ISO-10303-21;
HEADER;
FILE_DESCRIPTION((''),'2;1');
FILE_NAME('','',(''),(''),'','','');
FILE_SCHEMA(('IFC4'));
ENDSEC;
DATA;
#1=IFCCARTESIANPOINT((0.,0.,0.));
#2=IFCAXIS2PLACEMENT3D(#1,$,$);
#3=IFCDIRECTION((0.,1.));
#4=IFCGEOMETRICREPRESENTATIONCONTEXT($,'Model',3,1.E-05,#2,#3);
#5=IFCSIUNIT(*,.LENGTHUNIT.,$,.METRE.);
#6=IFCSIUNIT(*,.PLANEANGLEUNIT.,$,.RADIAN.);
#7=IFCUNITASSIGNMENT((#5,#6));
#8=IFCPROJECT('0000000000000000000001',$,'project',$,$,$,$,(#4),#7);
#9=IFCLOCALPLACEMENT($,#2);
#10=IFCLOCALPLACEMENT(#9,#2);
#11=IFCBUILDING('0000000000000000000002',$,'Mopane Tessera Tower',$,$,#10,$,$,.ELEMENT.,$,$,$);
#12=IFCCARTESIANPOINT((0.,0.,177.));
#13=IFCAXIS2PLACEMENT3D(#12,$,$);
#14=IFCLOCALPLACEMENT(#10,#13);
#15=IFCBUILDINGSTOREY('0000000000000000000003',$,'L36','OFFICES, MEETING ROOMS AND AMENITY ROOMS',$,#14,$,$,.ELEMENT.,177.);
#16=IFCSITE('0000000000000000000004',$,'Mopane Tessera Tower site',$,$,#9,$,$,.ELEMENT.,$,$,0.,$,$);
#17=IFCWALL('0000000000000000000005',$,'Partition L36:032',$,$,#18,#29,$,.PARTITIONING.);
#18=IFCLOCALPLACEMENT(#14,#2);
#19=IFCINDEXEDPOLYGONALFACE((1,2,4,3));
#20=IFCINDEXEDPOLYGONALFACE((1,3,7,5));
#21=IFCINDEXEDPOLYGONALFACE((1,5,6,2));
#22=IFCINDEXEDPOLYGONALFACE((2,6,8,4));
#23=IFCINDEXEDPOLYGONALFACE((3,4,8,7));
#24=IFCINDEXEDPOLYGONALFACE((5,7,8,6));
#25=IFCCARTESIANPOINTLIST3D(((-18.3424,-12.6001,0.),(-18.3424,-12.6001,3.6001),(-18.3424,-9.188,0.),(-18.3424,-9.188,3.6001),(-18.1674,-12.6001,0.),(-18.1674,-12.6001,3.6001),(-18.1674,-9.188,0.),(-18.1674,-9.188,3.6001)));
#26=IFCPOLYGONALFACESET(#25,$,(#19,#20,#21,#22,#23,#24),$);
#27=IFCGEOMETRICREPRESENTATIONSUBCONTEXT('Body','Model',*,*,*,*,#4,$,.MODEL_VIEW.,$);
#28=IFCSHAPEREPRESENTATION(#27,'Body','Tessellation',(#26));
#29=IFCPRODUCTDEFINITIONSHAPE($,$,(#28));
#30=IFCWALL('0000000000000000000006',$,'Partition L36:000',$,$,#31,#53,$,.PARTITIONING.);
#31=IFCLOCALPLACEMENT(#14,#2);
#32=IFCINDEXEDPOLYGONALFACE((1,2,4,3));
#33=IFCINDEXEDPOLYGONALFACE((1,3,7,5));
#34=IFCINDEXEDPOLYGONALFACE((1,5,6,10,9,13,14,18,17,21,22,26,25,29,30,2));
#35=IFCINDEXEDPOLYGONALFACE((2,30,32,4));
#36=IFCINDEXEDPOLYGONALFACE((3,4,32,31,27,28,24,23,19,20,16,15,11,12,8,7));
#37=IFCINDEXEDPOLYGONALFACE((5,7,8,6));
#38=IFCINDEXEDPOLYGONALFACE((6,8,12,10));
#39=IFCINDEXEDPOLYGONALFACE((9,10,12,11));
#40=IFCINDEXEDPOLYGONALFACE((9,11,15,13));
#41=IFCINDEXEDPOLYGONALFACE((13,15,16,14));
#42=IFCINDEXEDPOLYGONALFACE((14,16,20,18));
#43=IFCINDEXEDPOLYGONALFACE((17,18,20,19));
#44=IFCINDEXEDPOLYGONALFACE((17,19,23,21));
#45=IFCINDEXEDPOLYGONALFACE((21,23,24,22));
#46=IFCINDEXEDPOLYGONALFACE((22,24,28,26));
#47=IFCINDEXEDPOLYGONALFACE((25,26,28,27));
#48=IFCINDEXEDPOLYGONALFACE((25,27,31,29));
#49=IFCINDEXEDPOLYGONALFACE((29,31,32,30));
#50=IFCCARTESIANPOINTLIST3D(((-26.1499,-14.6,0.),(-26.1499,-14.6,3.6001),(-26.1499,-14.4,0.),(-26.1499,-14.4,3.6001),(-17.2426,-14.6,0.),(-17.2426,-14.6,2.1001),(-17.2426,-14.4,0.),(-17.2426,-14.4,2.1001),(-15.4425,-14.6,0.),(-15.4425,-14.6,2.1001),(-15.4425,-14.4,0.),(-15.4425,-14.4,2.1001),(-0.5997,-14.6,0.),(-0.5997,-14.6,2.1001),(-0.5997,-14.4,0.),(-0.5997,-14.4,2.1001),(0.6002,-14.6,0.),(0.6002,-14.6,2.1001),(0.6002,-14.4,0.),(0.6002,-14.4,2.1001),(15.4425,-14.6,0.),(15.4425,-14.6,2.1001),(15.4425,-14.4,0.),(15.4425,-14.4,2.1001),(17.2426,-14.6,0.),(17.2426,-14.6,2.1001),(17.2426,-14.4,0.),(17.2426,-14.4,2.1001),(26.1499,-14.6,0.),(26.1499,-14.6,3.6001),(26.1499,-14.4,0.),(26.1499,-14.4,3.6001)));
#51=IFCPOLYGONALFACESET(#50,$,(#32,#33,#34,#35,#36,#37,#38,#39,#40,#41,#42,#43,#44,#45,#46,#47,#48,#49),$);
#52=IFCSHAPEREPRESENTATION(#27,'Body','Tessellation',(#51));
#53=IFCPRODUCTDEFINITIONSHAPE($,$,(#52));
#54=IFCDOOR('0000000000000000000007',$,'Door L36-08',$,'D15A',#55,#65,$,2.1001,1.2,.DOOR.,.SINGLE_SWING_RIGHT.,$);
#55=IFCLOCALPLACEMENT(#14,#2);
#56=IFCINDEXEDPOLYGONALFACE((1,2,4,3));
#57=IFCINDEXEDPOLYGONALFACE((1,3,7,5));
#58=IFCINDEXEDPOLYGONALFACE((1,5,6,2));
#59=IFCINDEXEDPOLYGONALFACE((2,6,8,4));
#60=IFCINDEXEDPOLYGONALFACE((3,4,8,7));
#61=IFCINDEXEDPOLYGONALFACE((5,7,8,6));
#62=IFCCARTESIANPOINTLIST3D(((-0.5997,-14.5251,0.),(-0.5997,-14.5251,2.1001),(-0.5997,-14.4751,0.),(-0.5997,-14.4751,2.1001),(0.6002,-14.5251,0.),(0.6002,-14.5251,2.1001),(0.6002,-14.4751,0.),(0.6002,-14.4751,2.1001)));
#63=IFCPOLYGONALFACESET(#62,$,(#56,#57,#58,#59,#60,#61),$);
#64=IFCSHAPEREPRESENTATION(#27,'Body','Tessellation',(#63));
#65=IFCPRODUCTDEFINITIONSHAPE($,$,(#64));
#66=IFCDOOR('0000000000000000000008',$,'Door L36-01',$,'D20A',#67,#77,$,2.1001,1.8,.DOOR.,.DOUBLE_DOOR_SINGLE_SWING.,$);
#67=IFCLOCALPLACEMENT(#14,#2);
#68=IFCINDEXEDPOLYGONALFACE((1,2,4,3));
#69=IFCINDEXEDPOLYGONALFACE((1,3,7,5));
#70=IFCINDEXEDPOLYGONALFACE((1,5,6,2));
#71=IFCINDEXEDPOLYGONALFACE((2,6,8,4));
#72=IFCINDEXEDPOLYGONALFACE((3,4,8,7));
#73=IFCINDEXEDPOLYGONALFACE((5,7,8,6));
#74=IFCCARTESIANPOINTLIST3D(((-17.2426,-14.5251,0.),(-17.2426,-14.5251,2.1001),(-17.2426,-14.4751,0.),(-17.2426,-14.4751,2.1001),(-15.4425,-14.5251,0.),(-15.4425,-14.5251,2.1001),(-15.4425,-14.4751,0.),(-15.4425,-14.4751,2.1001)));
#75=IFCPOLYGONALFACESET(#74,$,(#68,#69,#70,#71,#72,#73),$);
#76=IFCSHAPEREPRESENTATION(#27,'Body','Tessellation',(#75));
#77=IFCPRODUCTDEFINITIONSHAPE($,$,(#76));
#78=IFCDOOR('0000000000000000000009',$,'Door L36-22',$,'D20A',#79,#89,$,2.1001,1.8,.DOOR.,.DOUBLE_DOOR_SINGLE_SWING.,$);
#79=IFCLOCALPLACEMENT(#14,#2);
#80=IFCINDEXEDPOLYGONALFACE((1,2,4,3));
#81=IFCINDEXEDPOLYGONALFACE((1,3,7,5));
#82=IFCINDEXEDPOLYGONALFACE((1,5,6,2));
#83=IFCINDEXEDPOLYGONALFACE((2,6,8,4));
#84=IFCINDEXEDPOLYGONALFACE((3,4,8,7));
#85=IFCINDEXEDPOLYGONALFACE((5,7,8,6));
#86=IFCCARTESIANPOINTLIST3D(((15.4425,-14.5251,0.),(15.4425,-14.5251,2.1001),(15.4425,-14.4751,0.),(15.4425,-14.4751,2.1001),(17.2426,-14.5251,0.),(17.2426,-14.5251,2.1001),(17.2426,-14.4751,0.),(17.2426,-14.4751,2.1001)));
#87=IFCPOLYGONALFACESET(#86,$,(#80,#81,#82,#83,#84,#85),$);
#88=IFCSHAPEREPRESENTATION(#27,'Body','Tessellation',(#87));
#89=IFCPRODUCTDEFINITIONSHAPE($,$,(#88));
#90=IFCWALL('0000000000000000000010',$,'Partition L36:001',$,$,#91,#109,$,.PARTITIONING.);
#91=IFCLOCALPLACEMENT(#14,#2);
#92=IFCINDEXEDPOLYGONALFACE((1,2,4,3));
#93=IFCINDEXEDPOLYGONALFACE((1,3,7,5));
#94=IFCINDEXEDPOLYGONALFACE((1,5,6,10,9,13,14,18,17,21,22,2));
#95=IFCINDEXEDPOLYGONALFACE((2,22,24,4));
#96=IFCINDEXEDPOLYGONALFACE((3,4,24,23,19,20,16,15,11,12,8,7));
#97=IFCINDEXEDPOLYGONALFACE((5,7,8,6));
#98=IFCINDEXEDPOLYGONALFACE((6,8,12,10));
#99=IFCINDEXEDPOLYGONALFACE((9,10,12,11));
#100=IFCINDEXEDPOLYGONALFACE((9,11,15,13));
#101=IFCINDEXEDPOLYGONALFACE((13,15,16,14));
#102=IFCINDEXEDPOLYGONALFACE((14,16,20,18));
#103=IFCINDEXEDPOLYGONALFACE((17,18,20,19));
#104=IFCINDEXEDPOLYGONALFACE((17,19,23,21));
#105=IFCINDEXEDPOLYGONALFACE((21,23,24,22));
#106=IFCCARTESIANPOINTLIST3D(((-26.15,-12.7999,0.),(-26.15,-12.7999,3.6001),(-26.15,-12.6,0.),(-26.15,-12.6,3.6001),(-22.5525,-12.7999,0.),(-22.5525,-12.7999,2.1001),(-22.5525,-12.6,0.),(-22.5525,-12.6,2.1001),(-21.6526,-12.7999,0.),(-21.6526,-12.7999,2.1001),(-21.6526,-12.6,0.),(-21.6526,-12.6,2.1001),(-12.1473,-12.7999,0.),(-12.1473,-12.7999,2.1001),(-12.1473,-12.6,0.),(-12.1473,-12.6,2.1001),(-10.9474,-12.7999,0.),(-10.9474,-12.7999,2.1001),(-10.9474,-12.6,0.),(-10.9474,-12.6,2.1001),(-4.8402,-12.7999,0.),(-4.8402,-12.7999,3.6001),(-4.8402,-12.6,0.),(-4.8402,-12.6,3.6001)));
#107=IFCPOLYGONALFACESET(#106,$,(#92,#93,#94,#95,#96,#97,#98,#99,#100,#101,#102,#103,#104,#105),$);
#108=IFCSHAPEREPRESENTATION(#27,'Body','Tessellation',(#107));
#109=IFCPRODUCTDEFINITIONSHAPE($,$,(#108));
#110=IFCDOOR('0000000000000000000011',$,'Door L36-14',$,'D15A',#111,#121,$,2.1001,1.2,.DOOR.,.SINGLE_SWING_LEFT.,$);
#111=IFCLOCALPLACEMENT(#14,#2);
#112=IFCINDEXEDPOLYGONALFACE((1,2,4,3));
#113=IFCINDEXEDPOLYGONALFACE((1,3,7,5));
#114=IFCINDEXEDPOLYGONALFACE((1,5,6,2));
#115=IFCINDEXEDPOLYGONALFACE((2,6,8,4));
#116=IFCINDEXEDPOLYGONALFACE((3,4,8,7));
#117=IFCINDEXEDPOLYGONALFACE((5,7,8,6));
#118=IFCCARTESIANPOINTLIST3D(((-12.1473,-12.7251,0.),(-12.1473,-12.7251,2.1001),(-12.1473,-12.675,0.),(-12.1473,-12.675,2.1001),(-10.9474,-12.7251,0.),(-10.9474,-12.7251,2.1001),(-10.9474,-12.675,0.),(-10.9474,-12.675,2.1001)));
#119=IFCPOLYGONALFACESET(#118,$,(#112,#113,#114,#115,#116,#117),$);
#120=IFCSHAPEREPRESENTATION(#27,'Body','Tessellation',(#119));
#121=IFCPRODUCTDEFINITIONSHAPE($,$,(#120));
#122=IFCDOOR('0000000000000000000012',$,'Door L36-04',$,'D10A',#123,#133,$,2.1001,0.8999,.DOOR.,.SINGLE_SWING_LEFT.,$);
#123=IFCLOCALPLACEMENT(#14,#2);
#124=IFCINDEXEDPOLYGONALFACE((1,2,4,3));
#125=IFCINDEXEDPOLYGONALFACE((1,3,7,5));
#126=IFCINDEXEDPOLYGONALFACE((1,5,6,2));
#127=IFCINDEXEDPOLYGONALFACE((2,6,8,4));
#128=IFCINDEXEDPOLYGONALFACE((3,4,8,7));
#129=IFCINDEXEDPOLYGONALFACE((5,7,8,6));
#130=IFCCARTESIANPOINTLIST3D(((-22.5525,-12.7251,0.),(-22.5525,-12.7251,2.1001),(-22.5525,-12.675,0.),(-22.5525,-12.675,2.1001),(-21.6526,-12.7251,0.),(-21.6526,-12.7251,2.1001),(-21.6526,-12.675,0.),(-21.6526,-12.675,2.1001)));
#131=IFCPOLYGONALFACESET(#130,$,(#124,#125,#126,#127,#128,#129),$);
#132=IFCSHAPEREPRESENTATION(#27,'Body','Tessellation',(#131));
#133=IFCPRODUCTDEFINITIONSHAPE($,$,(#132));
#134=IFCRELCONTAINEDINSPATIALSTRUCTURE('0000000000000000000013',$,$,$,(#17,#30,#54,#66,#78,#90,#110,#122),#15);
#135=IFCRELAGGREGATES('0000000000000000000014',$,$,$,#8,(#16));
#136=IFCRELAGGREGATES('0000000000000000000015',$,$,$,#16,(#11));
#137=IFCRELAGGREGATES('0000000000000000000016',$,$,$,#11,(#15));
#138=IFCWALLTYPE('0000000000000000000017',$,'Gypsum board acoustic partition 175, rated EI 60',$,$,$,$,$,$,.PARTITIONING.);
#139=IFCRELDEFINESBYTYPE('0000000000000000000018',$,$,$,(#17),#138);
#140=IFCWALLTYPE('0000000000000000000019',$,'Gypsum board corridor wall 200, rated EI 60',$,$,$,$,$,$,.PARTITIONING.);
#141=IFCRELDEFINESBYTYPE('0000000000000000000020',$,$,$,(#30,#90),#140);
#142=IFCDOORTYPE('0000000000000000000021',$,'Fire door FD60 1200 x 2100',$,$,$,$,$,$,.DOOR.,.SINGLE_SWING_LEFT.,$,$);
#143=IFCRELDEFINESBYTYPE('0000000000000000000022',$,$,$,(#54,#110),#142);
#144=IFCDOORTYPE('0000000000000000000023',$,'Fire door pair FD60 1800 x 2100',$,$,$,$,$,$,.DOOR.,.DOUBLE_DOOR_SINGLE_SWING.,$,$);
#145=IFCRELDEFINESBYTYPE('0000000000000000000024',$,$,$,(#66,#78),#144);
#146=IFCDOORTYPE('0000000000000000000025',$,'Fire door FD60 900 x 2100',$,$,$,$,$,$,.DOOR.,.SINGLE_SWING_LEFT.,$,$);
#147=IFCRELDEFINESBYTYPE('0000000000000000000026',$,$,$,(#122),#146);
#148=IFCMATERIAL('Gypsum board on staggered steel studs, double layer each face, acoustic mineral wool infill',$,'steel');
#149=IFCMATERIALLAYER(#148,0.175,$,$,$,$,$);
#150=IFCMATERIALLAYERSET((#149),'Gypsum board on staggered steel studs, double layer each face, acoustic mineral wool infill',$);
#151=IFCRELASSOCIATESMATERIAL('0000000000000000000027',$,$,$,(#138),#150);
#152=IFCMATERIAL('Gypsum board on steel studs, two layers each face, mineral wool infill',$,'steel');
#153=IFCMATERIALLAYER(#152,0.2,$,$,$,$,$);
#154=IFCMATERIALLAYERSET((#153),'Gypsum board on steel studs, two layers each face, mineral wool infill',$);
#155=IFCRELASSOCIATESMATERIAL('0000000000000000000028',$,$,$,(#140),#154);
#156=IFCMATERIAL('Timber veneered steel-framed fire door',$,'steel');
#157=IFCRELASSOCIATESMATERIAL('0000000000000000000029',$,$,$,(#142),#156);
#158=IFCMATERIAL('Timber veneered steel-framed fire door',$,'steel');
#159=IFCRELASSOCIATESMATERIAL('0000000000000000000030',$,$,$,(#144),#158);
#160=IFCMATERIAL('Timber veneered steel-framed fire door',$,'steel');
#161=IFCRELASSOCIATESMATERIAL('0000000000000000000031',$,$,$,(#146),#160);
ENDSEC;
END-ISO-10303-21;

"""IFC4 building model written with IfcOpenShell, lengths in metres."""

from ifc_helpers import new_model, si_unit, direction, frame, frame_2d, origin, place, context, subcontext, project, spatial, rectangle, extrude, material, layer, layer_set, type_object, element, fill, save


model = new_model("IFC4")

# Units and contexts
model_context = context("Model", 3, precision=1e-05, world=origin(), true_north=direction((0.0, 1.0)))
body_context = subcontext(model_context, "Body", "Model", "MODEL_VIEW")
ifc_project = project(units=[si_unit("LENGTHUNIT", "METRE"), si_unit("PLANEANGLEUNIT", "RADIAN")], contexts=[model_context])

# Site, building, storey
site_placement = place(None, origin())
site = spatial("IfcSite", under=ifc_project, at=site_placement, Name="Mopane Tessera Tower site", CompositionType="ELEMENT", RefElevation=0.0)
building_placement = place(site_placement, origin())
building = spatial("IfcBuilding", under=site, at=building_placement, Name="Mopane Tessera Tower", CompositionType="ELEMENT")
storey_placement = place(building_placement, frame((0.0, 0.0, 177.0)))
storey = spatial("IfcBuildingStorey", under=building, at=storey_placement, Name="L36", Description="OFFICES, MEETING ROOMS AND AMENITY ROOMS", CompositionType="ELEMENT", Elevation=177.0)

# Wall
ifc_material_1 = material(Name="Gypsum board on staggered steel studs, double layer each face, acoustic mineral wool infill", Category="steel")
ifc_layer_1 = layer(ifc_material_1, 0.175)
ifc_layer_set_1 = layer_set([ifc_layer_1], Name="Gypsum board on staggered steel studs, double layer each face, acoustic mineral wool infill")
wall_type_1 = type_object("IfcWallType", Name="Gypsum board acoustic partition 175, rated EI 60", PredefinedType="PARTITIONING", material=ifc_layer_set_1)
wall_1_placement = place(storey_placement, frame((-18.2549, -12.6001, 0.0), z_axis=(0.0, 0.0, 1.0), x_axis=(0.0, 1.0, 0.0)))
element("IfcWall", 1, at=wall_1_placement, inside=storey, type_object=wall_type_1, Name="Partition L36:032", PredefinedType="PARTITIONING", context=body_context, shape_type="SweptSolid", body=[
    extrude(rectangle(XDim=3.4121, YDim=0.175, at=frame_2d((1.7061, 0.0))), origin(), (0.0, 0.0, 1.0), 3.6001),
])

# Walls, openings, doors
ifc_material_2 = material(Name="Gypsum board on steel studs, two layers each face, mineral wool infill", Category="steel")
ifc_layer_2 = layer(ifc_material_2, 0.2)
ifc_layer_set_2 = layer_set([ifc_layer_2], Name="Gypsum board on steel studs, two layers each face, mineral wool infill")
wall_type_2 = type_object("IfcWallType", Name="Gypsum board corridor wall 200, rated EI 60", PredefinedType="PARTITIONING", material=ifc_layer_set_2)
wall_2_placement = place(storey_placement, frame((-26.1499, -14.5, 0.0), z_axis=(0.0, 0.0, 1.0), x_axis=(1.0, 0.0, 0.0)))
wall_2 = element("IfcWall", 2, at=wall_2_placement, inside=storey, type_object=wall_type_2, Name="Partition L36:000", PredefinedType="PARTITIONING", context=body_context, shape_type="SweptSolid", body=[
    extrude(rectangle(XDim=52.2998, YDim=0.2, at=frame_2d((26.1499, 0.0))), origin(), (0.0, 0.0, 1.0), 3.6001),
])
opening_1_placement = place(wall_2_placement, frame((8.9075, 0.0, 0.0)))
opening_1 = element("IfcOpeningElement", 3, at=opening_1_placement, cuts=wall_2, PredefinedType="OPENING", context=body_context, shape_type="SweptSolid", body=[
    extrude(rectangle(XDim=1.8, YDim=2.1001, at=frame_2d((0.8999, 1.05))), frame((0.0, 0.1121, 0.0), z_axis=(0.0, -1.0, 0.0), x_axis=(1.0, 0.0, 0.0)), (0.0, 0.0, 1.0), 0.2239),
])
opening_2_placement = place(wall_2_placement, frame((25.55, 0.0, 0.0)))
opening_2 = element("IfcOpeningElement", 4, at=opening_2_placement, cuts=wall_2, PredefinedType="OPENING", context=body_context, shape_type="SweptSolid", body=[
    extrude(rectangle(XDim=1.2, YDim=2.1001, at=frame_2d((0.6001, 1.05))), frame((0.0, 0.1121, 0.0), z_axis=(0.0, -1.0, 0.0), x_axis=(1.0, 0.0, 0.0)), (0.0, 0.0, 1.0), 0.2239),
])
opening_3_placement = place(wall_2_placement, frame((41.5925, 0.0, 0.0)))
opening_3 = element("IfcOpeningElement", 5, at=opening_3_placement, cuts=wall_2, PredefinedType="OPENING", context=body_context, shape_type="SweptSolid", body=[
    extrude(rectangle(XDim=1.8, YDim=2.1001, at=frame_2d((0.8999, 1.05))), frame((0.0, 0.1121, 0.0), z_axis=(0.0, -1.0, 0.0), x_axis=(1.0, 0.0, 0.0)), (0.0, 0.0, 1.0), 0.2239),
])
ifc_material_3 = material(Name="Timber veneered steel-framed fire door", Category="steel")
door_type_1 = type_object("IfcDoorType", Name="Fire door FD60 1200 x 2100", OperationType="SINGLE_SWING_LEFT", PredefinedType="DOOR", material=ifc_material_3)
door_1_placement = place(opening_2_placement, origin())
door_1 = element("IfcDoor", 6, at=door_1_placement, inside=storey, type_object=door_type_1, Name="Door L36-08", ObjectType="D15A", OperationType="SINGLE_SWING_RIGHT", OverallHeight=2.1001, OverallWidth=1.2, PredefinedType="DOOR", context=body_context, shape_type="SweptSolid", body=[
    extrude(rectangle(XDim=1.2, YDim=2.1001, at=frame_2d((0.6001, 1.05))), frame((0.0, 0.0249, 0.0), z_axis=(0.0, -1.0, 0.0), x_axis=(1.0, 0.0, 0.0)), (0.0, 0.0, 1.0), 0.05),
])
fill(opening_2, door_1)
ifc_material_4 = material(Name="Timber veneered steel-framed fire door", Category="steel")
door_type_2 = type_object("IfcDoorType", Name="Fire door pair FD60 1800 x 2100", OperationType="DOUBLE_DOOR_SINGLE_SWING", PredefinedType="DOOR", material=ifc_material_4)
door_2_placement = place(opening_1_placement, origin())
door_2 = element("IfcDoor", 7, at=door_2_placement, inside=storey, type_object=door_type_2, Name="Door L36-01", ObjectType="D20A", OperationType="DOUBLE_DOOR_SINGLE_SWING", OverallHeight=2.1001, OverallWidth=1.8, PredefinedType="DOOR", context=body_context, shape_type="SweptSolid", body=[
    extrude(rectangle(XDim=1.8, YDim=2.1001, at=frame_2d((0.8999, 1.05))), frame((0.0, 0.0249, 0.0), z_axis=(0.0, -1.0, 0.0), x_axis=(1.0, 0.0, 0.0)), (0.0, 0.0, 1.0), 0.05),
])
fill(opening_1, door_2)
door_3_placement = place(opening_3_placement, origin())
door_3 = element("IfcDoor", 8, at=door_3_placement, inside=storey, type_object=door_type_2, Name="Door L36-22", ObjectType="D20A", OperationType="DOUBLE_DOOR_SINGLE_SWING", OverallHeight=2.1001, OverallWidth=1.8, PredefinedType="DOOR", context=body_context, shape_type="SweptSolid", body=[
    extrude(rectangle(XDim=1.8, YDim=2.1001, at=frame_2d((0.8999, 1.05))), frame((0.0, 0.0249, 0.0), z_axis=(0.0, -1.0, 0.0), x_axis=(1.0, 0.0, 0.0)), (0.0, 0.0, 1.0), 0.05),
])
fill(opening_3, door_3)
wall_3_placement = place(storey_placement, frame((-26.1499, -12.7, 0.0), z_axis=(0.0, 0.0, 1.0), x_axis=(1.0, 0.0, 0.0)))
wall_3 = element("IfcWall", 9, at=wall_3_placement, inside=storey, type_object=wall_type_2, Name="Partition L36:001", PredefinedType="PARTITIONING", context=body_context, shape_type="SweptSolid", body=[
    extrude(rectangle(XDim=21.3098, YDim=0.2, at=frame_2d((10.6548, 0.0))), origin(), (0.0, 0.0, 1.0), 3.6001),
])
opening_4_placement = place(wall_3_placement, frame((3.5974, 0.0, 0.0)))
opening_4 = element("IfcOpeningElement", 10, at=opening_4_placement, cuts=wall_3, PredefinedType="OPENING", context=body_context, shape_type="SweptSolid", body=[
    extrude(rectangle(XDim=0.8999, YDim=2.1001, at=frame_2d((0.45, 1.05))), frame((0.0, 0.1121, 0.0), z_axis=(0.0, -1.0, 0.0), x_axis=(1.0, 0.0, 0.0)), (0.0, 0.0, 1.0), 0.2239),
])
opening_5_placement = place(wall_3_placement, frame((14.0024, 0.0, 0.0)))
opening_5 = element("IfcOpeningElement", 11, at=opening_5_placement, cuts=wall_3, PredefinedType="OPENING", context=body_context, shape_type="SweptSolid", body=[
    extrude(rectangle(XDim=1.2, YDim=2.1001, at=frame_2d((0.6001, 1.05))), frame((0.0, 0.1121, 0.0), z_axis=(0.0, -1.0, 0.0), x_axis=(1.0, 0.0, 0.0)), (0.0, 0.0, 1.0), 0.2239),
])
door_4_placement = place(opening_5_placement, origin())
door_4 = element("IfcDoor", 12, at=door_4_placement, inside=storey, type_object=door_type_1, Name="Door L36-14", ObjectType="D15A", OperationType="SINGLE_SWING_LEFT", OverallHeight=2.1001, OverallWidth=1.2, PredefinedType="DOOR", context=body_context, shape_type="SweptSolid", body=[
    extrude(rectangle(XDim=1.2, YDim=2.1001, at=frame_2d((0.6001, 1.05))), frame((0.0, 0.0249, 0.0), z_axis=(0.0, -1.0, 0.0), x_axis=(1.0, 0.0, 0.0)), (0.0, 0.0, 1.0), 0.05),
])
fill(opening_5, door_4)
ifc_material_5 = material(Name="Timber veneered steel-framed fire door", Category="steel")
door_type_3 = type_object("IfcDoorType", Name="Fire door FD60 900 x 2100", OperationType="SINGLE_SWING_LEFT", PredefinedType="DOOR", material=ifc_material_5)
door_5_placement = place(opening_4_placement, origin())
door_5 = element("IfcDoor", 13, at=door_5_placement, inside=storey, type_object=door_type_3, Name="Door L36-04", ObjectType="D10A", OperationType="SINGLE_SWING_LEFT", OverallHeight=2.1001, OverallWidth=0.8999, PredefinedType="DOOR", context=body_context, shape_type="SweptSolid", body=[
    extrude(rectangle(XDim=0.8999, YDim=2.1001, at=frame_2d((0.45, 1.05))), frame((0.0, 0.0249, 0.0), z_axis=(0.0, -1.0, 0.0), x_axis=(1.0, 0.0, 0.0)), (0.0, 0.0, 1.0), 0.05),
])
fill(opening_4, door_5)

save(model, "model.ifc")
